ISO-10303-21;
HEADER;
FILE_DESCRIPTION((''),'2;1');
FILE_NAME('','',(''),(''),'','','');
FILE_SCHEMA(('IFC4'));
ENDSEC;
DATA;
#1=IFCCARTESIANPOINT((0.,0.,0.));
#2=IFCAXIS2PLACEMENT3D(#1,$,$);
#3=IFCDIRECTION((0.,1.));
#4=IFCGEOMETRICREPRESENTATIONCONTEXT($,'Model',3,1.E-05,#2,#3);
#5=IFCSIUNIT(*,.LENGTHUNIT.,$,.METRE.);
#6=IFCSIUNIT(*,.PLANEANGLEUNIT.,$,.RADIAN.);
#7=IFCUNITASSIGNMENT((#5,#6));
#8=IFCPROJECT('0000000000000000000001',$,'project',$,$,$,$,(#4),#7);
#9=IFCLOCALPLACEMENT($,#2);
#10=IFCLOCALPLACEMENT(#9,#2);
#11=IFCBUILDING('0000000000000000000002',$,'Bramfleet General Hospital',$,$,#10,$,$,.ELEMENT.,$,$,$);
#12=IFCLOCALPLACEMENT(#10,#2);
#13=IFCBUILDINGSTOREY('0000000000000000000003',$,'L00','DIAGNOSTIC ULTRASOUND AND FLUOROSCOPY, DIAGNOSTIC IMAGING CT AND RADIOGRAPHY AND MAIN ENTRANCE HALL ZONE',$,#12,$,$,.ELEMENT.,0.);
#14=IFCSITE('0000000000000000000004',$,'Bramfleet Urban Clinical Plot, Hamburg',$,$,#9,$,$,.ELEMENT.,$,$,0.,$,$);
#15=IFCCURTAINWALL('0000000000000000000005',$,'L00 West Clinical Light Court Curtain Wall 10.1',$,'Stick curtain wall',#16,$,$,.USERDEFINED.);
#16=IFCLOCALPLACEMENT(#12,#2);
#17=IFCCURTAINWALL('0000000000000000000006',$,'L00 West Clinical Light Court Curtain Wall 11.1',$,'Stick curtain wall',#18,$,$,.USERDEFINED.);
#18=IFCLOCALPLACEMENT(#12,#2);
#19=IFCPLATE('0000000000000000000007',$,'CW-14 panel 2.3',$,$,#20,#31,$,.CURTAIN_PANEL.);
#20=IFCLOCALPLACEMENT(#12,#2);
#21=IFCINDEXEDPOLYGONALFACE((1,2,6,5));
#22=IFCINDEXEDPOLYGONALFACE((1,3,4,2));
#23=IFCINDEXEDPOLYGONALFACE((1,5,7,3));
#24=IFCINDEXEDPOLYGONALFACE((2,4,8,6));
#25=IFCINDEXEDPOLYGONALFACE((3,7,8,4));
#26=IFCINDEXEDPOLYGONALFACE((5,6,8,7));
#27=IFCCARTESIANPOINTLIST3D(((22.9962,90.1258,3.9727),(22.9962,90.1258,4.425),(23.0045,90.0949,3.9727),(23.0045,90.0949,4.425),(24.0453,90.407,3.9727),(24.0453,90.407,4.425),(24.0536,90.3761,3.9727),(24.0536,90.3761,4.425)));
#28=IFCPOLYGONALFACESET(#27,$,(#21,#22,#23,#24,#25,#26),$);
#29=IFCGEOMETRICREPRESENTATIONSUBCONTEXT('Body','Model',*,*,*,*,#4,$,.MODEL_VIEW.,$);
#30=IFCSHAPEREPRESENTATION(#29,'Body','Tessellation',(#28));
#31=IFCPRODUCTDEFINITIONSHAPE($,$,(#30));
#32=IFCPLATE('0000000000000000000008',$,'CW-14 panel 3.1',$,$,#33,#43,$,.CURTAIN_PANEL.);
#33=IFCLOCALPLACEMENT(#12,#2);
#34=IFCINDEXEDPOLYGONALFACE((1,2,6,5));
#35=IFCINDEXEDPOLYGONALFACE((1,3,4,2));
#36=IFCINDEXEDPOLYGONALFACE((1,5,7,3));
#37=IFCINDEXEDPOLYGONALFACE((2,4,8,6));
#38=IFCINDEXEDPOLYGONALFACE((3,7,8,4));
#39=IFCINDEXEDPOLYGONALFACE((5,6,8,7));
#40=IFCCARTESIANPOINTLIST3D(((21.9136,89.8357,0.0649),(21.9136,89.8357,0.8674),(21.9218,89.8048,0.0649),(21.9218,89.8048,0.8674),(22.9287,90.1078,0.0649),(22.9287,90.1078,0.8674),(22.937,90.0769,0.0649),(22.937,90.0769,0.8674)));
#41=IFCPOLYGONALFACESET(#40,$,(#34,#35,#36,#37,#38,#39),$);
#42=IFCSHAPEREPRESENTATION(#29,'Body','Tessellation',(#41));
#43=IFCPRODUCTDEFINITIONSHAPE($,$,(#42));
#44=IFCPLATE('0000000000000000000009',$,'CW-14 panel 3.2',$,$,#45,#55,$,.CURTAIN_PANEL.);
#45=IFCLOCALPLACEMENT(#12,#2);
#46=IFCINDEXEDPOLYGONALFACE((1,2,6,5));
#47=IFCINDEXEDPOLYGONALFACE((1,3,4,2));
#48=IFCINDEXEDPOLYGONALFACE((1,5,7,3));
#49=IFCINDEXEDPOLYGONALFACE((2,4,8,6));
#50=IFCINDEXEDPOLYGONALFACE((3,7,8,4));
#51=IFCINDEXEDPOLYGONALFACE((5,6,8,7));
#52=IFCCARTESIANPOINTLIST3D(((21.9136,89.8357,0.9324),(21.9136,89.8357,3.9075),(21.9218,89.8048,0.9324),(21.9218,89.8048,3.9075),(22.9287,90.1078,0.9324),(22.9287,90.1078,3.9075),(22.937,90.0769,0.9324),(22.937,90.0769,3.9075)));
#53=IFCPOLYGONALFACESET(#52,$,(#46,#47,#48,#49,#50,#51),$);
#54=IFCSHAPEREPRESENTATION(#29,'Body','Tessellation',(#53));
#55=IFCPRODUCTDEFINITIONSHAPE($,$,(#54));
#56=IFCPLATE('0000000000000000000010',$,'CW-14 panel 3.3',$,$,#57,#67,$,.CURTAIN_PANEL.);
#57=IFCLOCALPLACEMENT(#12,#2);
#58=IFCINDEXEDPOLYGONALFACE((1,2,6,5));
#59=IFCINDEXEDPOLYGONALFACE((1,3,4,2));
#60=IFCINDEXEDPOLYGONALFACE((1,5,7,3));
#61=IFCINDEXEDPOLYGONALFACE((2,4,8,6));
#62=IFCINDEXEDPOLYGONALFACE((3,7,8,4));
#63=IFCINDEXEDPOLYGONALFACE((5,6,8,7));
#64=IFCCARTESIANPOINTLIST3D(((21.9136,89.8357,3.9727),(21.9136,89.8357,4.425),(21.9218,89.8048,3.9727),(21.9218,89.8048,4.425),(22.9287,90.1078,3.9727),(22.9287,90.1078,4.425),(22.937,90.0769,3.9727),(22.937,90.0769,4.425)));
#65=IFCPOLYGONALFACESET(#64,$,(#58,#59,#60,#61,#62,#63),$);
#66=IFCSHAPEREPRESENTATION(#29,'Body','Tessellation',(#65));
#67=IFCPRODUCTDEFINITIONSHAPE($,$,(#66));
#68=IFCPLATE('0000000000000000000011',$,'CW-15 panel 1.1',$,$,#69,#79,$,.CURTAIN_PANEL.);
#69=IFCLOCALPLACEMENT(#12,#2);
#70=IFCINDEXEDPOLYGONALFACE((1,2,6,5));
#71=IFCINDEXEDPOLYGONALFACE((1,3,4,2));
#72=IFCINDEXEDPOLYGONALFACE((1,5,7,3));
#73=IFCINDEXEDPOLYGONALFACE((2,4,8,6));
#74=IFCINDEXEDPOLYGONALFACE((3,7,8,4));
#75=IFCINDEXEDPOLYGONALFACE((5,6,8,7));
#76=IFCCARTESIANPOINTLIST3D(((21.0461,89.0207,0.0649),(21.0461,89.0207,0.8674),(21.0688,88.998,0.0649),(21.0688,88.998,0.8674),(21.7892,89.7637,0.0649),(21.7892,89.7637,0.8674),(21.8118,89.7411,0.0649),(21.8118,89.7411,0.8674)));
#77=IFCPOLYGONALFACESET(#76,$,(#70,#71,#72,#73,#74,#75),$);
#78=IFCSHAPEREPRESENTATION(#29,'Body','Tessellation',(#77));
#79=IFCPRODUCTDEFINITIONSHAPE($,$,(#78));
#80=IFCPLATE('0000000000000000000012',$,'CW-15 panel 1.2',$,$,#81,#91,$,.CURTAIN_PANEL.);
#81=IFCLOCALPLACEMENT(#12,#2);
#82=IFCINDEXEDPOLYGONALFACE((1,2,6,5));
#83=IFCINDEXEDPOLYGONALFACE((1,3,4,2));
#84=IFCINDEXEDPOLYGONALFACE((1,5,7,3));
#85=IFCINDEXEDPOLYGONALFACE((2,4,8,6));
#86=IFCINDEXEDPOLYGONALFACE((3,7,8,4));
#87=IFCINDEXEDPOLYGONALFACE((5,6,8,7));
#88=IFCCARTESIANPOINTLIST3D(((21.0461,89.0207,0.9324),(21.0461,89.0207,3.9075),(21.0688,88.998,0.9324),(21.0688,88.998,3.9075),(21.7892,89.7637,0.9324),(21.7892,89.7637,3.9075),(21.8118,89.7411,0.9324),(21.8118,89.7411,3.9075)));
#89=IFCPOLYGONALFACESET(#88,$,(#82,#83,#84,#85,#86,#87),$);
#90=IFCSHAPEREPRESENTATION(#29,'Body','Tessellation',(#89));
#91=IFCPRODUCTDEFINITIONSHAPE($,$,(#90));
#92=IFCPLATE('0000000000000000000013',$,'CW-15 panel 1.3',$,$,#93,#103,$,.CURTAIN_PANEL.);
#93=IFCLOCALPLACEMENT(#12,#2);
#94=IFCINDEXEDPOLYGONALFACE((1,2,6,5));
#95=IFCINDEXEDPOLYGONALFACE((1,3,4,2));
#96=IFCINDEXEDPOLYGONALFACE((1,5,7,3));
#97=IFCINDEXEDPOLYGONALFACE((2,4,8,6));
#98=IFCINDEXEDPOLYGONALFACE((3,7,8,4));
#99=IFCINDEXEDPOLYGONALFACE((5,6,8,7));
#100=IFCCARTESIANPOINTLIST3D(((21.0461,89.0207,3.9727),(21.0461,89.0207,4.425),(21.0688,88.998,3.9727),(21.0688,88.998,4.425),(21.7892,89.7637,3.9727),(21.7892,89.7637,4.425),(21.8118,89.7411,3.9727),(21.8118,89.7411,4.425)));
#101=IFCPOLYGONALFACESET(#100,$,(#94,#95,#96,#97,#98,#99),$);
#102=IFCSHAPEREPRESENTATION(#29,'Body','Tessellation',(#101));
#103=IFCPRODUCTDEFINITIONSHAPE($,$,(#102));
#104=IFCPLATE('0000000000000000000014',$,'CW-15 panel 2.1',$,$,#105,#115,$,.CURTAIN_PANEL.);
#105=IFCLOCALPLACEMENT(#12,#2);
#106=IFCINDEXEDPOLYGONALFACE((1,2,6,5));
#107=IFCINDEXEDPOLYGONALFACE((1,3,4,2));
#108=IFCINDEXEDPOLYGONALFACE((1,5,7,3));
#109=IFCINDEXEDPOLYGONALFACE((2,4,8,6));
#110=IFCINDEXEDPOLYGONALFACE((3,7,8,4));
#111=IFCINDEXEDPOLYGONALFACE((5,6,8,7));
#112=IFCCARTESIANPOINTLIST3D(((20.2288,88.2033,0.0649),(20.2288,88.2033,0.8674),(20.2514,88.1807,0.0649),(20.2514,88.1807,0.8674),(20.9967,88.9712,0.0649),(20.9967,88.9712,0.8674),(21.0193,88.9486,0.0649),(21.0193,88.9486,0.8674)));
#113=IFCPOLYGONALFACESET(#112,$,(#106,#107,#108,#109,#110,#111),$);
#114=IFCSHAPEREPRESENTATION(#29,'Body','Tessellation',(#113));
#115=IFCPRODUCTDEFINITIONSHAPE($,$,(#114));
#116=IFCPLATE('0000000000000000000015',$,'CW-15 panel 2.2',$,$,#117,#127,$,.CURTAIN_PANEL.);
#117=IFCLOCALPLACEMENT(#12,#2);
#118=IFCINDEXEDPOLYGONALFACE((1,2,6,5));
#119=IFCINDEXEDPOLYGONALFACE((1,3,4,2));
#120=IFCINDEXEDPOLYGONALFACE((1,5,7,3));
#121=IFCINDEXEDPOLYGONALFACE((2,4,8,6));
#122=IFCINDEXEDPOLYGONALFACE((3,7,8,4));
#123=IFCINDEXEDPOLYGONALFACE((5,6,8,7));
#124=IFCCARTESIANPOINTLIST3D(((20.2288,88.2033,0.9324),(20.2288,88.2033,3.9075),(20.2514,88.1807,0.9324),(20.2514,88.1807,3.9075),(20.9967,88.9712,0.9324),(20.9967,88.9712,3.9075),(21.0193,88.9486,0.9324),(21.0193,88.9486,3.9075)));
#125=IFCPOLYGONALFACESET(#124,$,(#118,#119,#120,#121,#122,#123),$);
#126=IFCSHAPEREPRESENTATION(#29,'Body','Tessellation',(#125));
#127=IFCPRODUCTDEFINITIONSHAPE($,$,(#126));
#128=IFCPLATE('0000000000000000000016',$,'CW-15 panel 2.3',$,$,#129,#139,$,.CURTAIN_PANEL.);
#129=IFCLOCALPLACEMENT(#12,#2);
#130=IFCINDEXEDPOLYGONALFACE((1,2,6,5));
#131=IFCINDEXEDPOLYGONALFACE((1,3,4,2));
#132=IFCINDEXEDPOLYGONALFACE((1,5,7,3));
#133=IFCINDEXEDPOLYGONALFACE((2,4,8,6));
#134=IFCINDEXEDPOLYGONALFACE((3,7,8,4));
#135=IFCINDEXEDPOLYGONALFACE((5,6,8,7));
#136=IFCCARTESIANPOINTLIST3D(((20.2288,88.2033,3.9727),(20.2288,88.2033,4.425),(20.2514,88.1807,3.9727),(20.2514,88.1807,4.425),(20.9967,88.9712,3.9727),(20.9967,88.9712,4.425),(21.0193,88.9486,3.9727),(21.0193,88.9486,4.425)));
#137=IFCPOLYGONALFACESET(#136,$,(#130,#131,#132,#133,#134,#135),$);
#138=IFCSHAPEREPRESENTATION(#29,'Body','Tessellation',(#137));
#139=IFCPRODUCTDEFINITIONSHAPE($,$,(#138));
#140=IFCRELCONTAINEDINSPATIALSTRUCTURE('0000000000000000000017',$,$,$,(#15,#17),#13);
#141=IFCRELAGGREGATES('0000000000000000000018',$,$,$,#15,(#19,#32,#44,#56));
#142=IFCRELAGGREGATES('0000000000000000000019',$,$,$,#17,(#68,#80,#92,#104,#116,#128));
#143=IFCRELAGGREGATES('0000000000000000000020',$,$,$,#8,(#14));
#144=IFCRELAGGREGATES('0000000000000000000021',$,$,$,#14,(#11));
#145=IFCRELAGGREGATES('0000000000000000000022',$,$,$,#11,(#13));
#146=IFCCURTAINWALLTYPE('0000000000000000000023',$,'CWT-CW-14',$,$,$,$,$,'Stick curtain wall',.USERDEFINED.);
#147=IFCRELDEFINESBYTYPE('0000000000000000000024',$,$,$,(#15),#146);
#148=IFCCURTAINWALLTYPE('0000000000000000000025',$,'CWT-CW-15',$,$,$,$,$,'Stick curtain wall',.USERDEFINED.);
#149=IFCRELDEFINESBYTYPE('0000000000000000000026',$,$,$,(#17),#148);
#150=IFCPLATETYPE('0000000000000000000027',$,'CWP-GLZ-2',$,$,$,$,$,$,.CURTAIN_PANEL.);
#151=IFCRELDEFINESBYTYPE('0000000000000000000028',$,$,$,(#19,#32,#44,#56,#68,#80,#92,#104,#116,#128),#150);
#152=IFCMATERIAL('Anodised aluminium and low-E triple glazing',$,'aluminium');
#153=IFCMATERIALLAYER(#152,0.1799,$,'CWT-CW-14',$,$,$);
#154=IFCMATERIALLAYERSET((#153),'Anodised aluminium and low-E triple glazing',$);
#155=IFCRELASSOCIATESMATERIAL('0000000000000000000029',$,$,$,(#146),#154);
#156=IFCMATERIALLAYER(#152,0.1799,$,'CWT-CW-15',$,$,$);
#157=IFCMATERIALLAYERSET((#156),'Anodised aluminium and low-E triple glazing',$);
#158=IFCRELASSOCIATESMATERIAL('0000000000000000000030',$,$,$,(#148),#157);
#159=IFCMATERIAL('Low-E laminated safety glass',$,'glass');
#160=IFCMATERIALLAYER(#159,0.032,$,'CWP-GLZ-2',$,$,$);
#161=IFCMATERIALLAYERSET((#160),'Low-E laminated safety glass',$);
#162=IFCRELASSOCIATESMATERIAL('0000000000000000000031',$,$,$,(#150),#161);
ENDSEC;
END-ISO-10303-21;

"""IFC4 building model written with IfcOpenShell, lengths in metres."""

from ifc_helpers import new_model, si_unit, direction, frame, origin, origin_2d, place, context, subcontext, project, spatial, rectangle, extrude, material, layer, layer_set, type_object, element, aggregate, save


model = new_model("IFC4")

# Units and contexts
model_context = context("Model", 3, precision=1e-05, world=origin(), true_north=direction((0.0, 1.0)))
body_context = subcontext(model_context, "Body", "Model", "MODEL_VIEW")
ifc_project = project(units=[si_unit("LENGTHUNIT", "METRE"), si_unit("PLANEANGLEUNIT", "RADIAN")], contexts=[model_context])

# Site, building, storey
site_placement = place(None, origin())
site = spatial("IfcSite", under=ifc_project, at=site_placement, Name="Bramfleet Urban Clinical Plot, Hamburg", CompositionType="ELEMENT", RefElevation=0.0)
building_placement = place(site_placement, origin())
building = spatial("IfcBuilding", under=site, at=building_placement, Name="Bramfleet General Hospital", CompositionType="ELEMENT")
storey_placement = place(building_placement, origin())
storey = spatial("IfcBuildingStorey", under=building, at=storey_placement, Name="L00", Description="DIAGNOSTIC ULTRASOUND AND FLUOROSCOPY, DIAGNOSTIC IMAGING CT AND RADIOGRAPHY AND MAIN ENTRANCE HALL ZONE", CompositionType="ELEMENT", Elevation=0.0)

# Curtain walls
ifc_material_1 = material(Name="Anodised aluminium and low-E triple glazing", Category="aluminium")
ifc_layer_1 = layer(ifc_material_1, 0.1799, Name="CWT-CW-14")
ifc_layer_set_1 = layer_set([ifc_layer_1], Name="Anodised aluminium and low-E triple glazing")
curtain_wall_type_1 = type_object("IfcCurtainWallType", Name="CWT-CW-14", ElementType="Stick curtain wall", PredefinedType="USERDEFINED", material=ifc_layer_set_1)
curtain_wall_1_placement = place(storey_placement, origin())
curtain_wall_1 = element("IfcCurtainWall", 1, at=curtain_wall_1_placement, inside=storey, type_object=curtain_wall_type_1, Name="L00 West Clinical Light Court Curtain Wall 10.1", ObjectType="Stick curtain wall", PredefinedType="USERDEFINED")
ifc_layer_2 = layer(ifc_material_1, 0.1799, Name="CWT-CW-15")
ifc_layer_set_2 = layer_set([ifc_layer_2], Name="Anodised aluminium and low-E triple glazing")
curtain_wall_type_2 = type_object("IfcCurtainWallType", Name="CWT-CW-15", ElementType="Stick curtain wall", PredefinedType="USERDEFINED", material=ifc_layer_set_2)
curtain_wall_2_placement = place(storey_placement, origin())
curtain_wall_2 = element("IfcCurtainWall", 2, at=curtain_wall_2_placement, inside=storey, type_object=curtain_wall_type_2, Name="L00 West Clinical Light Court Curtain Wall 11.1", ObjectType="Stick curtain wall", PredefinedType="USERDEFINED")

# Plates
ifc_material_2 = material(Name="Low-E laminated safety glass", Category="glass")
ifc_layer_3 = layer(ifc_material_2, 0.032, Name="CWP-GLZ-2")
ifc_layer_set_3 = layer_set([ifc_layer_3], Name="Low-E laminated safety glass")
plate_type = type_object("IfcPlateType", Name="CWP-GLZ-2", PredefinedType="CURTAIN_PANEL", material=ifc_layer_set_3)
plate_1_placement = place(storey_placement, frame((23.5249, 90.251, 3.9727), z_axis=(0.0, 0.0, 1.0), x_axis=(-0.965899, -0.258919, 0.0)))
plate_1 = element("IfcPlate", 3, at=plate_1_placement, type_object=plate_type, Name="CW-14 panel 2.3", PredefinedType="CURTAIN_PANEL", context=body_context, shape_type="SweptSolid", body=[
    extrude(rectangle(XDim=1.0862, YDim=0.032, at=origin_2d()), origin(), (0.0, 0.0, 1.0), 0.4524),
])
plate_2_placement = place(storey_placement, frame((22.4253, 89.9563, 0.0649), z_axis=(0.0, 0.0, 1.0), x_axis=(-0.965899, -0.258919, 0.0)))
plate_2 = element("IfcPlate", 4, at=plate_2_placement, type_object=plate_type, Name="CW-14 panel 3.1", PredefinedType="CURTAIN_PANEL", context=body_context, shape_type="SweptSolid", body=[
    extrude(rectangle(XDim=1.051, YDim=0.032, at=origin_2d()), origin(), (0.0, 0.0, 1.0), 0.8025),
])
plate_3_placement = place(storey_placement, frame((22.4253, 89.9563, 0.9324), z_axis=(0.0, 0.0, 1.0), x_axis=(-0.965899, -0.258919, 0.0)))
plate_3 = element("IfcPlate", 5, at=plate_3_placement, type_object=plate_type, Name="CW-14 panel 3.2", PredefinedType="CURTAIN_PANEL", context=body_context, shape_type="SweptSolid", body=[
    extrude(rectangle(XDim=1.051, YDim=0.032, at=origin_2d()), origin(), (0.0, 0.0, 1.0), 2.9751),
])
plate_4_placement = place(storey_placement, frame((22.4253, 89.9563, 3.9727), z_axis=(0.0, 0.0, 1.0), x_axis=(-0.965899, -0.258919, 0.0)))
plate_4 = element("IfcPlate", 6, at=plate_4_placement, type_object=plate_type, Name="CW-14 panel 3.3", PredefinedType="CURTAIN_PANEL", context=body_context, shape_type="SweptSolid", body=[
    extrude(rectangle(XDim=1.051, YDim=0.032, at=origin_2d()), origin(), (0.0, 0.0, 1.0), 0.4524),
])
aggregate(curtain_wall_1, [plate_1, plate_2, plate_3, plate_4])
plate_5_placement = place(storey_placement, frame((21.429, 89.3809, 0.0649), z_axis=(0.0, 0.0, 1.0), x_axis=(-0.707107, -0.707107, 0.0)))
plate_5 = element("IfcPlate", 7, at=plate_5_placement, type_object=plate_type, Name="CW-15 panel 1.1", PredefinedType="CURTAIN_PANEL", context=body_context, shape_type="SweptSolid", body=[
    extrude(rectangle(XDim=1.0508, YDim=0.032, at=origin_2d()), origin(), (0.0, 0.0, 1.0), 0.8025),
])
plate_6_placement = place(storey_placement, frame((21.429, 89.3809, 0.9324), z_axis=(0.0, 0.0, 1.0), x_axis=(-0.707107, -0.707107, 0.0)))
plate_6 = element("IfcPlate", 8, at=plate_6_placement, type_object=plate_type, Name="CW-15 panel 1.2", PredefinedType="CURTAIN_PANEL", context=body_context, shape_type="SweptSolid", body=[
    extrude(rectangle(XDim=1.0508, YDim=0.032, at=origin_2d()), origin(), (0.0, 0.0, 1.0), 2.9751),
])
plate_7_placement = place(storey_placement, frame((21.429, 89.3809, 3.9727), z_axis=(0.0, 0.0, 1.0), x_axis=(-0.707107, -0.707107, 0.0)))
plate_7 = element("IfcPlate", 9, at=plate_7_placement, type_object=plate_type, Name="CW-15 panel 1.3", PredefinedType="CURTAIN_PANEL", context=body_context, shape_type="SweptSolid", body=[
    extrude(rectangle(XDim=1.0508, YDim=0.032, at=origin_2d()), origin(), (0.0, 0.0, 1.0), 0.4524),
])
plate_8_placement = place(storey_placement, frame((20.624, 88.5759, 0.0649), z_axis=(0.0, 0.0, 1.0), x_axis=(-0.707107, -0.707107, 0.0)))
plate_8 = element("IfcPlate", 10, at=plate_8_placement, type_object=plate_type, Name="CW-15 panel 2.1", PredefinedType="CURTAIN_PANEL", context=body_context, shape_type="SweptSolid", body=[
    extrude(rectangle(XDim=1.0859, YDim=0.032, at=origin_2d()), origin(), (0.0, 0.0, 1.0), 0.8025),
])
plate_9_placement = place(storey_placement, frame((20.624, 88.5759, 0.9324), z_axis=(0.0, 0.0, 1.0), x_axis=(-0.707107, -0.707107, 0.0)))
plate_9 = element("IfcPlate", 11, at=plate_9_placement, type_object=plate_type, Name="CW-15 panel 2.2", PredefinedType="CURTAIN_PANEL", context=body_context, shape_type="SweptSolid", body=[
    extrude(rectangle(XDim=1.0859, YDim=0.032, at=origin_2d()), origin(), (0.0, 0.0, 1.0), 2.9751),
])
plate_10_placement = place(storey_placement, frame((20.624, 88.5759, 3.9727), z_axis=(0.0, 0.0, 1.0), x_axis=(-0.707107, -0.707107, 0.0)))
plate_10 = element("IfcPlate", 12, at=plate_10_placement, type_object=plate_type, Name="CW-15 panel 2.3", PredefinedType="CURTAIN_PANEL", context=body_context, shape_type="SweptSolid", body=[
    extrude(rectangle(XDim=1.0859, YDim=0.032, at=origin_2d()), origin(), (0.0, 0.0, 1.0), 0.4524),
])
aggregate(curtain_wall_2, [plate_5, plate_6, plate_7, plate_8, plate_9, plate_10])

save(model, "model.ifc")
